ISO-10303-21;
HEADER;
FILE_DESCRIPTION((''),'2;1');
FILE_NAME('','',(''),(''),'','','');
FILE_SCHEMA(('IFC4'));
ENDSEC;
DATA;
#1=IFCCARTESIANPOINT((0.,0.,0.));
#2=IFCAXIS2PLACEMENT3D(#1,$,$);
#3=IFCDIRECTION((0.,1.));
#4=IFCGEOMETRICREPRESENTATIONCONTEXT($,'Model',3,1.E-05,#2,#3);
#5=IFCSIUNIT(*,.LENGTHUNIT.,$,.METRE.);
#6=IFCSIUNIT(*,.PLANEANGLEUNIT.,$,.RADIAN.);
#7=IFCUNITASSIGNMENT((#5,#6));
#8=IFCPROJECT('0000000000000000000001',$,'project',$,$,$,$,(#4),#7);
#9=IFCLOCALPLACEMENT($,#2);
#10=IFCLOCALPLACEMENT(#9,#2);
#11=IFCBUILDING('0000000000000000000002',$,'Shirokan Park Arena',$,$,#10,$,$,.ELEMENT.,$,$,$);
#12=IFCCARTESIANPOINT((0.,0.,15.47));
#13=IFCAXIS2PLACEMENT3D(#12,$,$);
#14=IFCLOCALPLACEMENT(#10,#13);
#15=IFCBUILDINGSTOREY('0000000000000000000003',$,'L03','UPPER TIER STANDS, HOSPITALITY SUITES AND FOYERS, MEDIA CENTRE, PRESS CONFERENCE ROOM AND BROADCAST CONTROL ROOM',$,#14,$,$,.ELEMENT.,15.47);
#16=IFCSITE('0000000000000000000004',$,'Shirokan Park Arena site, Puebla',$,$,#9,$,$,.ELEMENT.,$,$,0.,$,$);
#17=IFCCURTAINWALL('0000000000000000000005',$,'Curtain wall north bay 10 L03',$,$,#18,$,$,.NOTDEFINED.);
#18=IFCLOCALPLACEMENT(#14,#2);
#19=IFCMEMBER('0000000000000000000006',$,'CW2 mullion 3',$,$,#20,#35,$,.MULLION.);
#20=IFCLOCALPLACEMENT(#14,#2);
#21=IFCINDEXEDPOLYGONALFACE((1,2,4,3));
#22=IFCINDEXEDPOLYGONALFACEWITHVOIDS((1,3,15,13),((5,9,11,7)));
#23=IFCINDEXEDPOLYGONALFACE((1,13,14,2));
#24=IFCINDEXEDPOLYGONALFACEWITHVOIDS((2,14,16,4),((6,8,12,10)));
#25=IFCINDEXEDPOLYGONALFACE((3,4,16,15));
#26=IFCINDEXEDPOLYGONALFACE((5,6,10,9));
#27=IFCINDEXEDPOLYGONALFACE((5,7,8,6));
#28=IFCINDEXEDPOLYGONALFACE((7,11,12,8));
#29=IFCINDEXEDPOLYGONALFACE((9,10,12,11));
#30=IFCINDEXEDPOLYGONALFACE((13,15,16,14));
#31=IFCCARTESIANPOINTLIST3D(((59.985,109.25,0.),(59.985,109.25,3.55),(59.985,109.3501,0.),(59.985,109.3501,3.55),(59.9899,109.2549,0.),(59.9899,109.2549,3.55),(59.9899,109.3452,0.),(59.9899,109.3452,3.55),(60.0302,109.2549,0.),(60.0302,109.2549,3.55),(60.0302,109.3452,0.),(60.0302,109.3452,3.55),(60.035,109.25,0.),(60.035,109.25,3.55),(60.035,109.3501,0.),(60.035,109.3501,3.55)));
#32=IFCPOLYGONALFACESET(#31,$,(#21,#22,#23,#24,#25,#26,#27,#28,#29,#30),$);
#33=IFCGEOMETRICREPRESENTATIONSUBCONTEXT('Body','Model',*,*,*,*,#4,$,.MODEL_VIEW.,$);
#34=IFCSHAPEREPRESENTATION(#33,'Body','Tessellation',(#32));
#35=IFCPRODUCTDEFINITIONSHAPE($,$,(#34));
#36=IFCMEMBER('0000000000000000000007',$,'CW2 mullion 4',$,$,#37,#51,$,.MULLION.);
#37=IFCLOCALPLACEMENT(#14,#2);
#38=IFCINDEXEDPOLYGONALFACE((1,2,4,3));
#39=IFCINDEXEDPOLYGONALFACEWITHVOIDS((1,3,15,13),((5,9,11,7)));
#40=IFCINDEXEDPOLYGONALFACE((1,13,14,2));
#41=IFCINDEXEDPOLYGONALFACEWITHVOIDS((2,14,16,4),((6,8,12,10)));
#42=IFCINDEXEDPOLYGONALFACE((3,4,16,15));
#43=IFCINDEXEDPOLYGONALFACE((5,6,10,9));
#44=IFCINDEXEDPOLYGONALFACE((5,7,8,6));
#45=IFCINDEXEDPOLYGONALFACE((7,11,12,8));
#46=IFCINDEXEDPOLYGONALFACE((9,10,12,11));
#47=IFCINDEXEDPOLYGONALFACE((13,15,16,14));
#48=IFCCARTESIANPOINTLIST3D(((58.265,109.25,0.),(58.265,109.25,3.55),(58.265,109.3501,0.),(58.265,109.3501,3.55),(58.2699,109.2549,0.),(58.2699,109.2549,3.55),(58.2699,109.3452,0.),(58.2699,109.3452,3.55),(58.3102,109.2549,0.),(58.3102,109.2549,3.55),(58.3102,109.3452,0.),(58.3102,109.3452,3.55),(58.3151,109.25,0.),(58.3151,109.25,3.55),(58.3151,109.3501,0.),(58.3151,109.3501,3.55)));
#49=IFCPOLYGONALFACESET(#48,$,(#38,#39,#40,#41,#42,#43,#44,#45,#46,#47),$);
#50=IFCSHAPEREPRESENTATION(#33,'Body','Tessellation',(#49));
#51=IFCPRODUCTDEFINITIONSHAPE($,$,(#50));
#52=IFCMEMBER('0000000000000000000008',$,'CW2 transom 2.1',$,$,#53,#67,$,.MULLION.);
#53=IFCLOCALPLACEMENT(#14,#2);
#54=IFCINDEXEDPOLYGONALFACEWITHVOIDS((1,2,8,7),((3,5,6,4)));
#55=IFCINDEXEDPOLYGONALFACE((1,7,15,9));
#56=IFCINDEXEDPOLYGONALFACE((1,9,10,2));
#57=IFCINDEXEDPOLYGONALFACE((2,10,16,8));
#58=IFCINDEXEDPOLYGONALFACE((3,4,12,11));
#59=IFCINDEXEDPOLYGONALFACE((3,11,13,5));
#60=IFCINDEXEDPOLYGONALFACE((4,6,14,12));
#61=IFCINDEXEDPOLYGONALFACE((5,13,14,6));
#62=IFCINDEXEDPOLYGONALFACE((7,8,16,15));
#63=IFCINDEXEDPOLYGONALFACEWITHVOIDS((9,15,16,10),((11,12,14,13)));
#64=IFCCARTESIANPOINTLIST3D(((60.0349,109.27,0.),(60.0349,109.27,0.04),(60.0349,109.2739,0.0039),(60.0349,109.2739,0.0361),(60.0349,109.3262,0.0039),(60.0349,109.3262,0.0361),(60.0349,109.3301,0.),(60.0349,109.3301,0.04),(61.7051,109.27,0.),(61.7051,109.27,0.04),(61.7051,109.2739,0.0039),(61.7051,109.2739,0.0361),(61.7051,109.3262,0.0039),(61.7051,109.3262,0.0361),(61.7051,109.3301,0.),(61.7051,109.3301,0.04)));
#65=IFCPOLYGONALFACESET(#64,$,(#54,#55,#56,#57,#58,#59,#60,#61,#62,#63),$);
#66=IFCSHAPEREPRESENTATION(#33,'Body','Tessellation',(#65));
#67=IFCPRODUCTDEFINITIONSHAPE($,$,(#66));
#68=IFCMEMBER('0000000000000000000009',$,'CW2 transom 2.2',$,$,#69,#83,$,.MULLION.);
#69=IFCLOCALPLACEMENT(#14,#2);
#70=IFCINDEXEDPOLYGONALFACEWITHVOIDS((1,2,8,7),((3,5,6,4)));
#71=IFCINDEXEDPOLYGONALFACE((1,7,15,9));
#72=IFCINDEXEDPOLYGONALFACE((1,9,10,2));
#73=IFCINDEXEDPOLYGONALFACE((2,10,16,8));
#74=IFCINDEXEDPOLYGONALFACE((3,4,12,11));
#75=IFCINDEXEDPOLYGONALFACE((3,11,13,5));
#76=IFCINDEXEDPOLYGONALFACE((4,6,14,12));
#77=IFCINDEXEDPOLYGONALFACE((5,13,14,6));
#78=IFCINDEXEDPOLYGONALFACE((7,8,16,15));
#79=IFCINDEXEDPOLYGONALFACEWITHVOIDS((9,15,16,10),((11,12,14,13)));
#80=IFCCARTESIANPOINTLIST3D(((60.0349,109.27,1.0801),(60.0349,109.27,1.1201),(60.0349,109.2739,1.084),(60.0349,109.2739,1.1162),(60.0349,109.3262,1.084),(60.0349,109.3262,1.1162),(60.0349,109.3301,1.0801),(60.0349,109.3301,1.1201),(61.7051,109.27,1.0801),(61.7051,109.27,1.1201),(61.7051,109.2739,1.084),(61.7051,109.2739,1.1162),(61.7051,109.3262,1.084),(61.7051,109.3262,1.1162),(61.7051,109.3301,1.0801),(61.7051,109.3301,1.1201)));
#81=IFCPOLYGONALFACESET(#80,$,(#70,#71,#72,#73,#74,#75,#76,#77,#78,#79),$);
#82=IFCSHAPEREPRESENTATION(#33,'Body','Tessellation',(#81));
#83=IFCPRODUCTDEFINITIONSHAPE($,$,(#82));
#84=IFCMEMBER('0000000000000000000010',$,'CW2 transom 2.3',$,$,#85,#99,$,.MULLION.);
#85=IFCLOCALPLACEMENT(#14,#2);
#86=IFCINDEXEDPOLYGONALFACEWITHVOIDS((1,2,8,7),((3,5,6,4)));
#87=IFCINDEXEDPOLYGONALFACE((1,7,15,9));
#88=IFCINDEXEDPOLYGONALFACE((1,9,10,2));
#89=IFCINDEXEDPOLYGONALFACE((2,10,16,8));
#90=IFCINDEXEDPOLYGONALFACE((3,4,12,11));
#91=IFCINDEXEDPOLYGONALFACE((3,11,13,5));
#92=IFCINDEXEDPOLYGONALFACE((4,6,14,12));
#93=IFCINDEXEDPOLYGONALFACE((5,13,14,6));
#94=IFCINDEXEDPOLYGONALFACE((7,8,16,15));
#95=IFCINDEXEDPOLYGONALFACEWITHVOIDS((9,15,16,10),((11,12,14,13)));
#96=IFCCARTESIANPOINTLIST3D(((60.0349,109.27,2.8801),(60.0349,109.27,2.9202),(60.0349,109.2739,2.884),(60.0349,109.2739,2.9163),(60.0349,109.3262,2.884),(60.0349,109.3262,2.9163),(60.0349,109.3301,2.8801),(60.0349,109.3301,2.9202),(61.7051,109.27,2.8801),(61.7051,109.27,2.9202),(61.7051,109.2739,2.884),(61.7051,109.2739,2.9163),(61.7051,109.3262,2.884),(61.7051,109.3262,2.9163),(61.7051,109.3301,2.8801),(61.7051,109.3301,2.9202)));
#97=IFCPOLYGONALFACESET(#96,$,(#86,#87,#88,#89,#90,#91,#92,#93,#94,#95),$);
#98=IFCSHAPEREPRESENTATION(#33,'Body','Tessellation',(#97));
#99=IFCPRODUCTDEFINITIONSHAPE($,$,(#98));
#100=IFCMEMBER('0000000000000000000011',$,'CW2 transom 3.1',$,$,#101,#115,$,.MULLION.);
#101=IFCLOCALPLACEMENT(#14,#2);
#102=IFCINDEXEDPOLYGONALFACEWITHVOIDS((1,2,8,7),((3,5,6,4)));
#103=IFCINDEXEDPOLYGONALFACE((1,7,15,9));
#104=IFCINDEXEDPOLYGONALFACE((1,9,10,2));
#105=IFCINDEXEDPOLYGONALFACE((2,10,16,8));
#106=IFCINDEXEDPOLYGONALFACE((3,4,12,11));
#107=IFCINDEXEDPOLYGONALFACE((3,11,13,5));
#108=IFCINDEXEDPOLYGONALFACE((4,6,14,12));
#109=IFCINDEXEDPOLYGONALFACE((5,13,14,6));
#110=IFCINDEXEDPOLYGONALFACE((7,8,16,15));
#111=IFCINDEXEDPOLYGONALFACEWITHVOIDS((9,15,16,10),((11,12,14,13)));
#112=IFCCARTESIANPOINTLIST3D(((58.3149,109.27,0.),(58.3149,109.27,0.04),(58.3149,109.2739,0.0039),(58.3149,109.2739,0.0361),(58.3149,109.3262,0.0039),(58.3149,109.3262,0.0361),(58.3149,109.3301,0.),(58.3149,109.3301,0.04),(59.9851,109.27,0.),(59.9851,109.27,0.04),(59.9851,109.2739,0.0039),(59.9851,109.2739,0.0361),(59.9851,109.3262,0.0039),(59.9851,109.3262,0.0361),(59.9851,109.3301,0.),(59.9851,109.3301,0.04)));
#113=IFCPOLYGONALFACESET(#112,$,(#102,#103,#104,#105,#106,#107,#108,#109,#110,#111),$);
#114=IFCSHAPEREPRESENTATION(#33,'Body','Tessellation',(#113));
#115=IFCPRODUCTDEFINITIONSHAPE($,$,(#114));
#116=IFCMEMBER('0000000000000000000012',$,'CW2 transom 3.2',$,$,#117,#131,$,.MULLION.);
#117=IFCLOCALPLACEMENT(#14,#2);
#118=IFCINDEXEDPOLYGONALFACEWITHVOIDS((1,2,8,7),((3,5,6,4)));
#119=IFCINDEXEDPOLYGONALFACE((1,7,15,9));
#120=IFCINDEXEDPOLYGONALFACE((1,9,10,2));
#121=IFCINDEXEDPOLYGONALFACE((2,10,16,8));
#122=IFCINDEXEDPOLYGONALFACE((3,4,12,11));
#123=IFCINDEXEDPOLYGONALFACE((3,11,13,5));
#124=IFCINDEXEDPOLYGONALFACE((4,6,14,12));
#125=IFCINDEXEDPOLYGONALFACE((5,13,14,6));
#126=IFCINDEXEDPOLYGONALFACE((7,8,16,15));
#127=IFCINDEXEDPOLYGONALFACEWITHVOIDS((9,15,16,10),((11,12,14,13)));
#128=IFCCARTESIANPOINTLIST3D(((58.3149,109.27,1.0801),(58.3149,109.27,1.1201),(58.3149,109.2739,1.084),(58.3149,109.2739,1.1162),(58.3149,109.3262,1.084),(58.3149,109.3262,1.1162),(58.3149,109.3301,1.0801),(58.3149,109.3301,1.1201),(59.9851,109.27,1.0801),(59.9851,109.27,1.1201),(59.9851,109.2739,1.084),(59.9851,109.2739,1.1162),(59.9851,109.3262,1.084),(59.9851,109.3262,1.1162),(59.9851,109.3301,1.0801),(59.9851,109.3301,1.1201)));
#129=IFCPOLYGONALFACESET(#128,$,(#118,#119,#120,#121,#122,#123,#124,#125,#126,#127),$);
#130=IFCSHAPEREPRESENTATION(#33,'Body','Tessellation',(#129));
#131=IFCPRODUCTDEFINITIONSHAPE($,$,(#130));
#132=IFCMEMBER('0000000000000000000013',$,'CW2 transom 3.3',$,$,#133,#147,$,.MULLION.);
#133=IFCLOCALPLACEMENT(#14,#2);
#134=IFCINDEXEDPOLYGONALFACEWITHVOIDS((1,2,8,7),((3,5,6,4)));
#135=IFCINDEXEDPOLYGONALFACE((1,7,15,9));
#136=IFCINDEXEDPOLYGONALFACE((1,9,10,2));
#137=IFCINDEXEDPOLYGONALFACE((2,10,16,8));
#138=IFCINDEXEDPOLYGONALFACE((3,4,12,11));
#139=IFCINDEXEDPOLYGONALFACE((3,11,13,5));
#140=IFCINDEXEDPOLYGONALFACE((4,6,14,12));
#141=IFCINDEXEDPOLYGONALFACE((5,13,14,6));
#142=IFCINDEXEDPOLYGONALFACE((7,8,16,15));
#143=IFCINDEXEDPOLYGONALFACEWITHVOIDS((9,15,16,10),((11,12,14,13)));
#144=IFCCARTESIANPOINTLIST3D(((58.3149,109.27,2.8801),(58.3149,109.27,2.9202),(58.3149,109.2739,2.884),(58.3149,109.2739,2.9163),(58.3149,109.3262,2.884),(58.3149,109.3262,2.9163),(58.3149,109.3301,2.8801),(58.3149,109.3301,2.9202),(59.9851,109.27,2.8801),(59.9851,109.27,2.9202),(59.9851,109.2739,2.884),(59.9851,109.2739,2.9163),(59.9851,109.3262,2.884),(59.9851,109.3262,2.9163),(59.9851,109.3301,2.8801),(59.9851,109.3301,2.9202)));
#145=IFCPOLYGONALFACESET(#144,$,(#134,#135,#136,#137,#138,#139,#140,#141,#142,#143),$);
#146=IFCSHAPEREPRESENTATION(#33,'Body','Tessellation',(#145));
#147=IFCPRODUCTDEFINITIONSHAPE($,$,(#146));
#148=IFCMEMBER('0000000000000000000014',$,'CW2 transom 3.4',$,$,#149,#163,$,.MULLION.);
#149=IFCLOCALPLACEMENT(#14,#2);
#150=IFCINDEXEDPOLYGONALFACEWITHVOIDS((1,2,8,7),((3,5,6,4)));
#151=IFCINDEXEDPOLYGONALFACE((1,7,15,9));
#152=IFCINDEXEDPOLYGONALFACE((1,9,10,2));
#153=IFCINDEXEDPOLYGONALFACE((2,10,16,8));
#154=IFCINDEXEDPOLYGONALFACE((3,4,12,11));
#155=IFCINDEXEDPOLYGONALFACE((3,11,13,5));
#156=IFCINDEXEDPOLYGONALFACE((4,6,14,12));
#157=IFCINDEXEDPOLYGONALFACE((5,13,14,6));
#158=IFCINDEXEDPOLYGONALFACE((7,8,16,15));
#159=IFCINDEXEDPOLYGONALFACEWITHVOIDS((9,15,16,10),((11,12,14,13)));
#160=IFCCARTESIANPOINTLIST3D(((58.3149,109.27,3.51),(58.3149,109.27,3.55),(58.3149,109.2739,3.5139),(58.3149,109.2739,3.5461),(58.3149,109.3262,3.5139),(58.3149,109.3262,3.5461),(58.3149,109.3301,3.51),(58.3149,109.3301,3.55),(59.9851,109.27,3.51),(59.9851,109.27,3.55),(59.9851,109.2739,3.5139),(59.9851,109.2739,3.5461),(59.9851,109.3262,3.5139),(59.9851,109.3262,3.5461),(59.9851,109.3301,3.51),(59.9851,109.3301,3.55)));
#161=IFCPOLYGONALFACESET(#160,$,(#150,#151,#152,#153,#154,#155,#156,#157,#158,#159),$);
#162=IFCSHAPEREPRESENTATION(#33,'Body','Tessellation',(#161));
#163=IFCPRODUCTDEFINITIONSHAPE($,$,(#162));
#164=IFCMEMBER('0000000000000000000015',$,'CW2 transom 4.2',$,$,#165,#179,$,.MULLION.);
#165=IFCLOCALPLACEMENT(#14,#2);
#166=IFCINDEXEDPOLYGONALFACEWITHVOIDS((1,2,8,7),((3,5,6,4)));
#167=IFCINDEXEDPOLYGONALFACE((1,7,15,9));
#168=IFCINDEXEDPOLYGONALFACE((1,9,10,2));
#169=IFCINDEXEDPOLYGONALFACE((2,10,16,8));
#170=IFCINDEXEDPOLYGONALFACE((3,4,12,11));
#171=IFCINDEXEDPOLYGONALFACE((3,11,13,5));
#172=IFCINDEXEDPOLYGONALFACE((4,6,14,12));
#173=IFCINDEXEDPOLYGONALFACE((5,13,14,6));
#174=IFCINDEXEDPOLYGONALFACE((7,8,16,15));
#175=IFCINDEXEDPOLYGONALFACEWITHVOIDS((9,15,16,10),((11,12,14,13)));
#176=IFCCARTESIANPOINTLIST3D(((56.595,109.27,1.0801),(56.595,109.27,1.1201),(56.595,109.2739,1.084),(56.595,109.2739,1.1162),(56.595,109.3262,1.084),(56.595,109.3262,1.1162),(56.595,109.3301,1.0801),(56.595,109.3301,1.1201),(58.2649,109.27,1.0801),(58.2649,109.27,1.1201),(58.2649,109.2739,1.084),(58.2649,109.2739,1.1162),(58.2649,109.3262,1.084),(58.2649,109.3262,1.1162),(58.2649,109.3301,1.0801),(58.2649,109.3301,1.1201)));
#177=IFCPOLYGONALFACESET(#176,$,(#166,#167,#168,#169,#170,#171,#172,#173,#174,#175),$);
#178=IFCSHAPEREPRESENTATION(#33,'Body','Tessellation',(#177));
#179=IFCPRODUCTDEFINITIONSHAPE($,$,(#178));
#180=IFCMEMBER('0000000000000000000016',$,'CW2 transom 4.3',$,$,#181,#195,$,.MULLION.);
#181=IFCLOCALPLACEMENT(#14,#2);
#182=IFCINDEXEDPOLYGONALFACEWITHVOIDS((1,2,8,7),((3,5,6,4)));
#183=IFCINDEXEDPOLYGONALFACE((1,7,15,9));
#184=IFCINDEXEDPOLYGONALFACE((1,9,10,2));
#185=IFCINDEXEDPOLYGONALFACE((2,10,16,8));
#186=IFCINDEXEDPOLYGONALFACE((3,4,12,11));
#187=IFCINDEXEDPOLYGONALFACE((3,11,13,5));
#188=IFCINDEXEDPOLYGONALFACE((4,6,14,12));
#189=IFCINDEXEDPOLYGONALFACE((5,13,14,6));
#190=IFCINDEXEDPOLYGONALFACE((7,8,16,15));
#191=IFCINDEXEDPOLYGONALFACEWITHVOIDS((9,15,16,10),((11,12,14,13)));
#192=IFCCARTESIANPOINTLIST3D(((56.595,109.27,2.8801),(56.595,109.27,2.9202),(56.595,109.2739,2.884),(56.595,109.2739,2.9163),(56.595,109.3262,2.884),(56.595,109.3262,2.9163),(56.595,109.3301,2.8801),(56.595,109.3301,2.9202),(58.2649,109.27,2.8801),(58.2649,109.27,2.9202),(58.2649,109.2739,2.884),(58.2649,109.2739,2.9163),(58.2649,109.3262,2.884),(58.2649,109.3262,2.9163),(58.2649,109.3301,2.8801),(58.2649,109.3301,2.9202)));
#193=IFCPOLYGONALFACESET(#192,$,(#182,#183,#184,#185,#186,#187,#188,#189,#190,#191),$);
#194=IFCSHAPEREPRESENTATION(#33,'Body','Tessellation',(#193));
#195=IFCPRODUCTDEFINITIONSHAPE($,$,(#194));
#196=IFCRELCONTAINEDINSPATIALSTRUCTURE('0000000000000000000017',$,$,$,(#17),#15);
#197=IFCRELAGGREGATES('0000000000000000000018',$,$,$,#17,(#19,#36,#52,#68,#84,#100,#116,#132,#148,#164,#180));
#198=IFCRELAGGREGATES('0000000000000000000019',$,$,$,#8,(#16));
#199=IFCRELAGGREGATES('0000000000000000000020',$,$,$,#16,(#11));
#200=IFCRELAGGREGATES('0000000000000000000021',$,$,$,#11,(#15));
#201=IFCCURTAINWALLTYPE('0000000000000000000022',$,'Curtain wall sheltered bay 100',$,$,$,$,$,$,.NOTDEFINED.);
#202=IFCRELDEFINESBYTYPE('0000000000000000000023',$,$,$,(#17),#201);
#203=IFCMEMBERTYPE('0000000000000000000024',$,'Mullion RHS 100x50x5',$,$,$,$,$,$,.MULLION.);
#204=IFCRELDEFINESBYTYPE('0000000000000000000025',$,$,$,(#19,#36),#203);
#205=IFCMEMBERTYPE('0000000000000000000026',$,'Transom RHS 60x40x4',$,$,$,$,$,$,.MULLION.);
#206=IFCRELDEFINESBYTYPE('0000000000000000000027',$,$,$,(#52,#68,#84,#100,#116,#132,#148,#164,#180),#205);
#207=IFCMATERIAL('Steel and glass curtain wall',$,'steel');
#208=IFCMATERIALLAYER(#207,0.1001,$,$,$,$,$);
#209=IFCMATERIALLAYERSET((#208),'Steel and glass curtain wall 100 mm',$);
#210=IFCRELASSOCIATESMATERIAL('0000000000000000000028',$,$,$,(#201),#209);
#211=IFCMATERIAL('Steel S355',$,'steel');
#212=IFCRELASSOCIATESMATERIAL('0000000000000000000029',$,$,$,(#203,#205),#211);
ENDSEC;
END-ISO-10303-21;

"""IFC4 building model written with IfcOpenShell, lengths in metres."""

from ifc_helpers import new_model, si_unit, direction, frame, origin, origin_2d, place, context, subcontext, project, spatial, hollow_rectangle, extrude, material, layer, layer_set, material_profile, profile_set, type_object, element, aggregate, save


model = new_model("IFC4")

# Units and contexts
model_context = context("Model", 3, precision=1e-05, world=origin(), true_north=direction((0.0, 1.0)))
body_context = subcontext(model_context, "Body", "Model", "MODEL_VIEW")
ifc_project = project(units=[si_unit("LENGTHUNIT", "METRE"), si_unit("PLANEANGLEUNIT", "RADIAN")], contexts=[model_context])

# Site, building, storey
site_placement = place(None, origin())
site = spatial("IfcSite", under=ifc_project, at=site_placement, Name="Shirokan Park Arena site, Puebla", CompositionType="ELEMENT", RefElevation=0.0)
building_placement = place(site_placement, origin())
building = spatial("IfcBuilding", under=site, at=building_placement, Name="Shirokan Park Arena", CompositionType="ELEMENT")
storey_placement = place(building_placement, frame((0.0, 0.0, 15.47)))
storey = spatial("IfcBuildingStorey", under=building, at=storey_placement, Name="L03", Description="UPPER TIER STANDS, HOSPITALITY SUITES AND FOYERS, MEDIA CENTRE, PRESS CONFERENCE ROOM AND BROADCAST CONTROL ROOM", CompositionType="ELEMENT", Elevation=15.47)

# Curtain wall, members
ifc_material_1 = material(Name="Steel and glass curtain wall", Category="steel")
ifc_layer_1 = layer(ifc_material_1, 0.1001)
ifc_layer_set_1 = layer_set([ifc_layer_1], Name="Steel and glass curtain wall 100 mm")
curtain_wall_type = type_object("IfcCurtainWallType", Name="Curtain wall sheltered bay 100", PredefinedType="NOTDEFINED", material=ifc_layer_set_1)
curtain_wall_placement = place(storey_placement, origin())
curtain_wall = element("IfcCurtainWall", 1, at=curtain_wall_placement, inside=storey, type_object=curtain_wall_type, Name="Curtain wall north bay 10 L03", PredefinedType="NOTDEFINED")
ifc_material_2 = material(Name="Steel S355", Category="steel")
ifc_material_profile_1 = material_profile(ifc_material_2, hollow_rectangle(XDim=0.1001, YDim=0.05, WallThickness=0.0049, at=origin_2d()), Name="RHS 100x50x5")
ifc_profile_set_1 = profile_set([ifc_material_profile_1], Name="Steel S355")
member_type_1 = type_object("IfcMemberType", Name="Mullion RHS 100x50x5", PredefinedType="MULLION", material=ifc_profile_set_1)
member_1_placement = place(storey_placement, frame((60.01, 109.3, 0.0), z_axis=(0.0, 0.0, 1.0), x_axis=(0.0, -1.0, 0.0)))
member_1 = element("IfcMember", 2, at=member_1_placement, type_object=member_type_1, Name="CW2 mullion 3", PredefinedType="MULLION", context=body_context, shape_type="SweptSolid", body=[
    extrude(hollow_rectangle(XDim=0.1001, YDim=0.05, WallThickness=0.0049, at=origin_2d()), origin(), (0.0, 0.0, 1.0), 3.55),
])
member_2_placement = place(storey_placement, frame((58.29, 109.3, 0.0), z_axis=(0.0, 0.0, 1.0), x_axis=(0.0, -1.0, 0.0)))
member_2 = element("IfcMember", 3, at=member_2_placement, type_object=member_type_1, Name="CW2 mullion 4", PredefinedType="MULLION", context=body_context, shape_type="SweptSolid", body=[
    extrude(hollow_rectangle(XDim=0.1001, YDim=0.05, WallThickness=0.0049, at=origin_2d()), origin(), (0.0, 0.0, 1.0), 3.55),
])
ifc_material_profile_2 = material_profile(ifc_material_2, hollow_rectangle(XDim=0.0601, YDim=0.04, WallThickness=0.0039, at=origin_2d()), Name="RHS 60x40x4")
ifc_profile_set_2 = profile_set([ifc_material_profile_2], Name="Steel S355")
member_type_2 = type_object("IfcMemberType", Name="Transom RHS 60x40x4", PredefinedType="MULLION", material=ifc_profile_set_2)
member_3_placement = place(storey_placement, frame((61.7051, 109.3, 0.02), z_axis=(-1.0, 0.0, 0.0), x_axis=(0.0, -1.0, 0.0)))
member_3 = element("IfcMember", 4, at=member_3_placement, type_object=member_type_2, Name="CW2 transom 2.1", PredefinedType="MULLION", context=body_context, shape_type="SweptSolid", body=[
    extrude(hollow_rectangle(XDim=0.0601, YDim=0.04, WallThickness=0.0039, at=origin_2d()), origin(), (0.0, 0.0, 1.0), 1.6702),
])
member_4_placement = place(storey_placement, frame((61.7051, 109.3, 1.1001), z_axis=(-1.0, 0.0, 0.0), x_axis=(0.0, -1.0, 0.0)))
member_4 = element("IfcMember", 5, at=member_4_placement, type_object=member_type_2, Name="CW2 transom 2.2", PredefinedType="MULLION", context=body_context, shape_type="SweptSolid", body=[
    extrude(hollow_rectangle(XDim=0.0601, YDim=0.04, WallThickness=0.0039, at=origin_2d()), origin(), (0.0, 0.0, 1.0), 1.6702),
])
member_5_placement = place(storey_placement, frame((61.7051, 109.3, 2.9001), z_axis=(-1.0, 0.0, 0.0), x_axis=(0.0, -1.0, 0.0)))
member_5 = element("IfcMember", 6, at=member_5_placement, type_object=member_type_2, Name="CW2 transom 2.3", PredefinedType="MULLION", context=body_context, shape_type="SweptSolid", body=[
    extrude(hollow_rectangle(XDim=0.0601, YDim=0.04, WallThickness=0.0039, at=origin_2d()), origin(), (0.0, 0.0, 1.0), 1.6702),
])
member_6_placement = place(storey_placement, frame((59.9851, 109.3, 0.02), z_axis=(-1.0, 0.0, 0.0), x_axis=(0.0, -1.0, 0.0)))
member_6 = element("IfcMember", 7, at=member_6_placement, type_object=member_type_2, Name="CW2 transom 3.1", PredefinedType="MULLION", context=body_context, shape_type="SweptSolid", body=[
    extrude(hollow_rectangle(XDim=0.0601, YDim=0.04, WallThickness=0.0039, at=origin_2d()), origin(), (0.0, 0.0, 1.0), 1.6702),
])
member_7_placement = place(storey_placement, frame((59.9851, 109.3, 1.1001), z_axis=(-1.0, 0.0, 0.0), x_axis=(0.0, -1.0, 0.0)))
member_7 = element("IfcMember", 8, at=member_7_placement, type_object=member_type_2, Name="CW2 transom 3.2", PredefinedType="MULLION", context=body_context, shape_type="SweptSolid", body=[
    extrude(hollow_rectangle(XDim=0.0601, YDim=0.04, WallThickness=0.0039, at=origin_2d()), origin(), (0.0, 0.0, 1.0), 1.6702),
])
member_8_placement = place(storey_placement, frame((59.9851, 109.3, 2.9001), z_axis=(-1.0, 0.0, 0.0), x_axis=(0.0, -1.0, 0.0)))
member_8 = element("IfcMember", 9, at=member_8_placement, type_object=member_type_2, Name="CW2 transom 3.3", PredefinedType="MULLION", context=body_context, shape_type="SweptSolid", body=[
    extrude(hollow_rectangle(XDim=0.0601, YDim=0.04, WallThickness=0.0039, at=origin_2d()), origin(), (0.0, 0.0, 1.0), 1.6702),
])
member_9_placement = place(storey_placement, frame((59.9851, 109.3, 3.53), z_axis=(-1.0, 0.0, 0.0), x_axis=(0.0, -1.0, 0.0)))
member_9 = element("IfcMember", 10, at=member_9_placement, type_object=member_type_2, Name="CW2 transom 3.4", PredefinedType="MULLION", context=body_context, shape_type="SweptSolid", body=[
    extrude(hollow_rectangle(XDim=0.0601, YDim=0.04, WallThickness=0.0039, at=origin_2d()), origin(), (0.0, 0.0, 1.0), 1.6702),
])
member_10_placement = place(storey_placement, frame((58.2649, 109.3, 1.1001), z_axis=(-1.0, 0.0, 0.0), x_axis=(0.0, -1.0, 0.0)))
member_10 = element("IfcMember", 11, at=member_10_placement, type_object=member_type_2, Name="CW2 transom 4.2", PredefinedType="MULLION", context=body_context, shape_type="SweptSolid", body=[
    extrude(hollow_rectangle(XDim=0.0601, YDim=0.04, WallThickness=0.0039, at=origin_2d()), origin(), (0.0, 0.0, 1.0), 1.6699),
])
member_11_placement = place(storey_placement, frame((58.2649, 109.3, 2.9001), z_axis=(-1.0, 0.0, 0.0), x_axis=(0.0, -1.0, 0.0)))
member_11 = element("IfcMember", 12, at=member_11_placement, type_object=member_type_2, Name="CW2 transom 4.3", PredefinedType="MULLION", context=body_context, shape_type="SweptSolid", body=[
    extrude(hollow_rectangle(XDim=0.0601, YDim=0.04, WallThickness=0.0039, at=origin_2d()), origin(), (0.0, 0.0, 1.0), 1.6699),
])
aggregate(curtain_wall, [member_1, member_2, member_3, member_4, member_5, member_6, member_7, member_8, member_9, member_10, member_11])

save(model, "model.ifc")
